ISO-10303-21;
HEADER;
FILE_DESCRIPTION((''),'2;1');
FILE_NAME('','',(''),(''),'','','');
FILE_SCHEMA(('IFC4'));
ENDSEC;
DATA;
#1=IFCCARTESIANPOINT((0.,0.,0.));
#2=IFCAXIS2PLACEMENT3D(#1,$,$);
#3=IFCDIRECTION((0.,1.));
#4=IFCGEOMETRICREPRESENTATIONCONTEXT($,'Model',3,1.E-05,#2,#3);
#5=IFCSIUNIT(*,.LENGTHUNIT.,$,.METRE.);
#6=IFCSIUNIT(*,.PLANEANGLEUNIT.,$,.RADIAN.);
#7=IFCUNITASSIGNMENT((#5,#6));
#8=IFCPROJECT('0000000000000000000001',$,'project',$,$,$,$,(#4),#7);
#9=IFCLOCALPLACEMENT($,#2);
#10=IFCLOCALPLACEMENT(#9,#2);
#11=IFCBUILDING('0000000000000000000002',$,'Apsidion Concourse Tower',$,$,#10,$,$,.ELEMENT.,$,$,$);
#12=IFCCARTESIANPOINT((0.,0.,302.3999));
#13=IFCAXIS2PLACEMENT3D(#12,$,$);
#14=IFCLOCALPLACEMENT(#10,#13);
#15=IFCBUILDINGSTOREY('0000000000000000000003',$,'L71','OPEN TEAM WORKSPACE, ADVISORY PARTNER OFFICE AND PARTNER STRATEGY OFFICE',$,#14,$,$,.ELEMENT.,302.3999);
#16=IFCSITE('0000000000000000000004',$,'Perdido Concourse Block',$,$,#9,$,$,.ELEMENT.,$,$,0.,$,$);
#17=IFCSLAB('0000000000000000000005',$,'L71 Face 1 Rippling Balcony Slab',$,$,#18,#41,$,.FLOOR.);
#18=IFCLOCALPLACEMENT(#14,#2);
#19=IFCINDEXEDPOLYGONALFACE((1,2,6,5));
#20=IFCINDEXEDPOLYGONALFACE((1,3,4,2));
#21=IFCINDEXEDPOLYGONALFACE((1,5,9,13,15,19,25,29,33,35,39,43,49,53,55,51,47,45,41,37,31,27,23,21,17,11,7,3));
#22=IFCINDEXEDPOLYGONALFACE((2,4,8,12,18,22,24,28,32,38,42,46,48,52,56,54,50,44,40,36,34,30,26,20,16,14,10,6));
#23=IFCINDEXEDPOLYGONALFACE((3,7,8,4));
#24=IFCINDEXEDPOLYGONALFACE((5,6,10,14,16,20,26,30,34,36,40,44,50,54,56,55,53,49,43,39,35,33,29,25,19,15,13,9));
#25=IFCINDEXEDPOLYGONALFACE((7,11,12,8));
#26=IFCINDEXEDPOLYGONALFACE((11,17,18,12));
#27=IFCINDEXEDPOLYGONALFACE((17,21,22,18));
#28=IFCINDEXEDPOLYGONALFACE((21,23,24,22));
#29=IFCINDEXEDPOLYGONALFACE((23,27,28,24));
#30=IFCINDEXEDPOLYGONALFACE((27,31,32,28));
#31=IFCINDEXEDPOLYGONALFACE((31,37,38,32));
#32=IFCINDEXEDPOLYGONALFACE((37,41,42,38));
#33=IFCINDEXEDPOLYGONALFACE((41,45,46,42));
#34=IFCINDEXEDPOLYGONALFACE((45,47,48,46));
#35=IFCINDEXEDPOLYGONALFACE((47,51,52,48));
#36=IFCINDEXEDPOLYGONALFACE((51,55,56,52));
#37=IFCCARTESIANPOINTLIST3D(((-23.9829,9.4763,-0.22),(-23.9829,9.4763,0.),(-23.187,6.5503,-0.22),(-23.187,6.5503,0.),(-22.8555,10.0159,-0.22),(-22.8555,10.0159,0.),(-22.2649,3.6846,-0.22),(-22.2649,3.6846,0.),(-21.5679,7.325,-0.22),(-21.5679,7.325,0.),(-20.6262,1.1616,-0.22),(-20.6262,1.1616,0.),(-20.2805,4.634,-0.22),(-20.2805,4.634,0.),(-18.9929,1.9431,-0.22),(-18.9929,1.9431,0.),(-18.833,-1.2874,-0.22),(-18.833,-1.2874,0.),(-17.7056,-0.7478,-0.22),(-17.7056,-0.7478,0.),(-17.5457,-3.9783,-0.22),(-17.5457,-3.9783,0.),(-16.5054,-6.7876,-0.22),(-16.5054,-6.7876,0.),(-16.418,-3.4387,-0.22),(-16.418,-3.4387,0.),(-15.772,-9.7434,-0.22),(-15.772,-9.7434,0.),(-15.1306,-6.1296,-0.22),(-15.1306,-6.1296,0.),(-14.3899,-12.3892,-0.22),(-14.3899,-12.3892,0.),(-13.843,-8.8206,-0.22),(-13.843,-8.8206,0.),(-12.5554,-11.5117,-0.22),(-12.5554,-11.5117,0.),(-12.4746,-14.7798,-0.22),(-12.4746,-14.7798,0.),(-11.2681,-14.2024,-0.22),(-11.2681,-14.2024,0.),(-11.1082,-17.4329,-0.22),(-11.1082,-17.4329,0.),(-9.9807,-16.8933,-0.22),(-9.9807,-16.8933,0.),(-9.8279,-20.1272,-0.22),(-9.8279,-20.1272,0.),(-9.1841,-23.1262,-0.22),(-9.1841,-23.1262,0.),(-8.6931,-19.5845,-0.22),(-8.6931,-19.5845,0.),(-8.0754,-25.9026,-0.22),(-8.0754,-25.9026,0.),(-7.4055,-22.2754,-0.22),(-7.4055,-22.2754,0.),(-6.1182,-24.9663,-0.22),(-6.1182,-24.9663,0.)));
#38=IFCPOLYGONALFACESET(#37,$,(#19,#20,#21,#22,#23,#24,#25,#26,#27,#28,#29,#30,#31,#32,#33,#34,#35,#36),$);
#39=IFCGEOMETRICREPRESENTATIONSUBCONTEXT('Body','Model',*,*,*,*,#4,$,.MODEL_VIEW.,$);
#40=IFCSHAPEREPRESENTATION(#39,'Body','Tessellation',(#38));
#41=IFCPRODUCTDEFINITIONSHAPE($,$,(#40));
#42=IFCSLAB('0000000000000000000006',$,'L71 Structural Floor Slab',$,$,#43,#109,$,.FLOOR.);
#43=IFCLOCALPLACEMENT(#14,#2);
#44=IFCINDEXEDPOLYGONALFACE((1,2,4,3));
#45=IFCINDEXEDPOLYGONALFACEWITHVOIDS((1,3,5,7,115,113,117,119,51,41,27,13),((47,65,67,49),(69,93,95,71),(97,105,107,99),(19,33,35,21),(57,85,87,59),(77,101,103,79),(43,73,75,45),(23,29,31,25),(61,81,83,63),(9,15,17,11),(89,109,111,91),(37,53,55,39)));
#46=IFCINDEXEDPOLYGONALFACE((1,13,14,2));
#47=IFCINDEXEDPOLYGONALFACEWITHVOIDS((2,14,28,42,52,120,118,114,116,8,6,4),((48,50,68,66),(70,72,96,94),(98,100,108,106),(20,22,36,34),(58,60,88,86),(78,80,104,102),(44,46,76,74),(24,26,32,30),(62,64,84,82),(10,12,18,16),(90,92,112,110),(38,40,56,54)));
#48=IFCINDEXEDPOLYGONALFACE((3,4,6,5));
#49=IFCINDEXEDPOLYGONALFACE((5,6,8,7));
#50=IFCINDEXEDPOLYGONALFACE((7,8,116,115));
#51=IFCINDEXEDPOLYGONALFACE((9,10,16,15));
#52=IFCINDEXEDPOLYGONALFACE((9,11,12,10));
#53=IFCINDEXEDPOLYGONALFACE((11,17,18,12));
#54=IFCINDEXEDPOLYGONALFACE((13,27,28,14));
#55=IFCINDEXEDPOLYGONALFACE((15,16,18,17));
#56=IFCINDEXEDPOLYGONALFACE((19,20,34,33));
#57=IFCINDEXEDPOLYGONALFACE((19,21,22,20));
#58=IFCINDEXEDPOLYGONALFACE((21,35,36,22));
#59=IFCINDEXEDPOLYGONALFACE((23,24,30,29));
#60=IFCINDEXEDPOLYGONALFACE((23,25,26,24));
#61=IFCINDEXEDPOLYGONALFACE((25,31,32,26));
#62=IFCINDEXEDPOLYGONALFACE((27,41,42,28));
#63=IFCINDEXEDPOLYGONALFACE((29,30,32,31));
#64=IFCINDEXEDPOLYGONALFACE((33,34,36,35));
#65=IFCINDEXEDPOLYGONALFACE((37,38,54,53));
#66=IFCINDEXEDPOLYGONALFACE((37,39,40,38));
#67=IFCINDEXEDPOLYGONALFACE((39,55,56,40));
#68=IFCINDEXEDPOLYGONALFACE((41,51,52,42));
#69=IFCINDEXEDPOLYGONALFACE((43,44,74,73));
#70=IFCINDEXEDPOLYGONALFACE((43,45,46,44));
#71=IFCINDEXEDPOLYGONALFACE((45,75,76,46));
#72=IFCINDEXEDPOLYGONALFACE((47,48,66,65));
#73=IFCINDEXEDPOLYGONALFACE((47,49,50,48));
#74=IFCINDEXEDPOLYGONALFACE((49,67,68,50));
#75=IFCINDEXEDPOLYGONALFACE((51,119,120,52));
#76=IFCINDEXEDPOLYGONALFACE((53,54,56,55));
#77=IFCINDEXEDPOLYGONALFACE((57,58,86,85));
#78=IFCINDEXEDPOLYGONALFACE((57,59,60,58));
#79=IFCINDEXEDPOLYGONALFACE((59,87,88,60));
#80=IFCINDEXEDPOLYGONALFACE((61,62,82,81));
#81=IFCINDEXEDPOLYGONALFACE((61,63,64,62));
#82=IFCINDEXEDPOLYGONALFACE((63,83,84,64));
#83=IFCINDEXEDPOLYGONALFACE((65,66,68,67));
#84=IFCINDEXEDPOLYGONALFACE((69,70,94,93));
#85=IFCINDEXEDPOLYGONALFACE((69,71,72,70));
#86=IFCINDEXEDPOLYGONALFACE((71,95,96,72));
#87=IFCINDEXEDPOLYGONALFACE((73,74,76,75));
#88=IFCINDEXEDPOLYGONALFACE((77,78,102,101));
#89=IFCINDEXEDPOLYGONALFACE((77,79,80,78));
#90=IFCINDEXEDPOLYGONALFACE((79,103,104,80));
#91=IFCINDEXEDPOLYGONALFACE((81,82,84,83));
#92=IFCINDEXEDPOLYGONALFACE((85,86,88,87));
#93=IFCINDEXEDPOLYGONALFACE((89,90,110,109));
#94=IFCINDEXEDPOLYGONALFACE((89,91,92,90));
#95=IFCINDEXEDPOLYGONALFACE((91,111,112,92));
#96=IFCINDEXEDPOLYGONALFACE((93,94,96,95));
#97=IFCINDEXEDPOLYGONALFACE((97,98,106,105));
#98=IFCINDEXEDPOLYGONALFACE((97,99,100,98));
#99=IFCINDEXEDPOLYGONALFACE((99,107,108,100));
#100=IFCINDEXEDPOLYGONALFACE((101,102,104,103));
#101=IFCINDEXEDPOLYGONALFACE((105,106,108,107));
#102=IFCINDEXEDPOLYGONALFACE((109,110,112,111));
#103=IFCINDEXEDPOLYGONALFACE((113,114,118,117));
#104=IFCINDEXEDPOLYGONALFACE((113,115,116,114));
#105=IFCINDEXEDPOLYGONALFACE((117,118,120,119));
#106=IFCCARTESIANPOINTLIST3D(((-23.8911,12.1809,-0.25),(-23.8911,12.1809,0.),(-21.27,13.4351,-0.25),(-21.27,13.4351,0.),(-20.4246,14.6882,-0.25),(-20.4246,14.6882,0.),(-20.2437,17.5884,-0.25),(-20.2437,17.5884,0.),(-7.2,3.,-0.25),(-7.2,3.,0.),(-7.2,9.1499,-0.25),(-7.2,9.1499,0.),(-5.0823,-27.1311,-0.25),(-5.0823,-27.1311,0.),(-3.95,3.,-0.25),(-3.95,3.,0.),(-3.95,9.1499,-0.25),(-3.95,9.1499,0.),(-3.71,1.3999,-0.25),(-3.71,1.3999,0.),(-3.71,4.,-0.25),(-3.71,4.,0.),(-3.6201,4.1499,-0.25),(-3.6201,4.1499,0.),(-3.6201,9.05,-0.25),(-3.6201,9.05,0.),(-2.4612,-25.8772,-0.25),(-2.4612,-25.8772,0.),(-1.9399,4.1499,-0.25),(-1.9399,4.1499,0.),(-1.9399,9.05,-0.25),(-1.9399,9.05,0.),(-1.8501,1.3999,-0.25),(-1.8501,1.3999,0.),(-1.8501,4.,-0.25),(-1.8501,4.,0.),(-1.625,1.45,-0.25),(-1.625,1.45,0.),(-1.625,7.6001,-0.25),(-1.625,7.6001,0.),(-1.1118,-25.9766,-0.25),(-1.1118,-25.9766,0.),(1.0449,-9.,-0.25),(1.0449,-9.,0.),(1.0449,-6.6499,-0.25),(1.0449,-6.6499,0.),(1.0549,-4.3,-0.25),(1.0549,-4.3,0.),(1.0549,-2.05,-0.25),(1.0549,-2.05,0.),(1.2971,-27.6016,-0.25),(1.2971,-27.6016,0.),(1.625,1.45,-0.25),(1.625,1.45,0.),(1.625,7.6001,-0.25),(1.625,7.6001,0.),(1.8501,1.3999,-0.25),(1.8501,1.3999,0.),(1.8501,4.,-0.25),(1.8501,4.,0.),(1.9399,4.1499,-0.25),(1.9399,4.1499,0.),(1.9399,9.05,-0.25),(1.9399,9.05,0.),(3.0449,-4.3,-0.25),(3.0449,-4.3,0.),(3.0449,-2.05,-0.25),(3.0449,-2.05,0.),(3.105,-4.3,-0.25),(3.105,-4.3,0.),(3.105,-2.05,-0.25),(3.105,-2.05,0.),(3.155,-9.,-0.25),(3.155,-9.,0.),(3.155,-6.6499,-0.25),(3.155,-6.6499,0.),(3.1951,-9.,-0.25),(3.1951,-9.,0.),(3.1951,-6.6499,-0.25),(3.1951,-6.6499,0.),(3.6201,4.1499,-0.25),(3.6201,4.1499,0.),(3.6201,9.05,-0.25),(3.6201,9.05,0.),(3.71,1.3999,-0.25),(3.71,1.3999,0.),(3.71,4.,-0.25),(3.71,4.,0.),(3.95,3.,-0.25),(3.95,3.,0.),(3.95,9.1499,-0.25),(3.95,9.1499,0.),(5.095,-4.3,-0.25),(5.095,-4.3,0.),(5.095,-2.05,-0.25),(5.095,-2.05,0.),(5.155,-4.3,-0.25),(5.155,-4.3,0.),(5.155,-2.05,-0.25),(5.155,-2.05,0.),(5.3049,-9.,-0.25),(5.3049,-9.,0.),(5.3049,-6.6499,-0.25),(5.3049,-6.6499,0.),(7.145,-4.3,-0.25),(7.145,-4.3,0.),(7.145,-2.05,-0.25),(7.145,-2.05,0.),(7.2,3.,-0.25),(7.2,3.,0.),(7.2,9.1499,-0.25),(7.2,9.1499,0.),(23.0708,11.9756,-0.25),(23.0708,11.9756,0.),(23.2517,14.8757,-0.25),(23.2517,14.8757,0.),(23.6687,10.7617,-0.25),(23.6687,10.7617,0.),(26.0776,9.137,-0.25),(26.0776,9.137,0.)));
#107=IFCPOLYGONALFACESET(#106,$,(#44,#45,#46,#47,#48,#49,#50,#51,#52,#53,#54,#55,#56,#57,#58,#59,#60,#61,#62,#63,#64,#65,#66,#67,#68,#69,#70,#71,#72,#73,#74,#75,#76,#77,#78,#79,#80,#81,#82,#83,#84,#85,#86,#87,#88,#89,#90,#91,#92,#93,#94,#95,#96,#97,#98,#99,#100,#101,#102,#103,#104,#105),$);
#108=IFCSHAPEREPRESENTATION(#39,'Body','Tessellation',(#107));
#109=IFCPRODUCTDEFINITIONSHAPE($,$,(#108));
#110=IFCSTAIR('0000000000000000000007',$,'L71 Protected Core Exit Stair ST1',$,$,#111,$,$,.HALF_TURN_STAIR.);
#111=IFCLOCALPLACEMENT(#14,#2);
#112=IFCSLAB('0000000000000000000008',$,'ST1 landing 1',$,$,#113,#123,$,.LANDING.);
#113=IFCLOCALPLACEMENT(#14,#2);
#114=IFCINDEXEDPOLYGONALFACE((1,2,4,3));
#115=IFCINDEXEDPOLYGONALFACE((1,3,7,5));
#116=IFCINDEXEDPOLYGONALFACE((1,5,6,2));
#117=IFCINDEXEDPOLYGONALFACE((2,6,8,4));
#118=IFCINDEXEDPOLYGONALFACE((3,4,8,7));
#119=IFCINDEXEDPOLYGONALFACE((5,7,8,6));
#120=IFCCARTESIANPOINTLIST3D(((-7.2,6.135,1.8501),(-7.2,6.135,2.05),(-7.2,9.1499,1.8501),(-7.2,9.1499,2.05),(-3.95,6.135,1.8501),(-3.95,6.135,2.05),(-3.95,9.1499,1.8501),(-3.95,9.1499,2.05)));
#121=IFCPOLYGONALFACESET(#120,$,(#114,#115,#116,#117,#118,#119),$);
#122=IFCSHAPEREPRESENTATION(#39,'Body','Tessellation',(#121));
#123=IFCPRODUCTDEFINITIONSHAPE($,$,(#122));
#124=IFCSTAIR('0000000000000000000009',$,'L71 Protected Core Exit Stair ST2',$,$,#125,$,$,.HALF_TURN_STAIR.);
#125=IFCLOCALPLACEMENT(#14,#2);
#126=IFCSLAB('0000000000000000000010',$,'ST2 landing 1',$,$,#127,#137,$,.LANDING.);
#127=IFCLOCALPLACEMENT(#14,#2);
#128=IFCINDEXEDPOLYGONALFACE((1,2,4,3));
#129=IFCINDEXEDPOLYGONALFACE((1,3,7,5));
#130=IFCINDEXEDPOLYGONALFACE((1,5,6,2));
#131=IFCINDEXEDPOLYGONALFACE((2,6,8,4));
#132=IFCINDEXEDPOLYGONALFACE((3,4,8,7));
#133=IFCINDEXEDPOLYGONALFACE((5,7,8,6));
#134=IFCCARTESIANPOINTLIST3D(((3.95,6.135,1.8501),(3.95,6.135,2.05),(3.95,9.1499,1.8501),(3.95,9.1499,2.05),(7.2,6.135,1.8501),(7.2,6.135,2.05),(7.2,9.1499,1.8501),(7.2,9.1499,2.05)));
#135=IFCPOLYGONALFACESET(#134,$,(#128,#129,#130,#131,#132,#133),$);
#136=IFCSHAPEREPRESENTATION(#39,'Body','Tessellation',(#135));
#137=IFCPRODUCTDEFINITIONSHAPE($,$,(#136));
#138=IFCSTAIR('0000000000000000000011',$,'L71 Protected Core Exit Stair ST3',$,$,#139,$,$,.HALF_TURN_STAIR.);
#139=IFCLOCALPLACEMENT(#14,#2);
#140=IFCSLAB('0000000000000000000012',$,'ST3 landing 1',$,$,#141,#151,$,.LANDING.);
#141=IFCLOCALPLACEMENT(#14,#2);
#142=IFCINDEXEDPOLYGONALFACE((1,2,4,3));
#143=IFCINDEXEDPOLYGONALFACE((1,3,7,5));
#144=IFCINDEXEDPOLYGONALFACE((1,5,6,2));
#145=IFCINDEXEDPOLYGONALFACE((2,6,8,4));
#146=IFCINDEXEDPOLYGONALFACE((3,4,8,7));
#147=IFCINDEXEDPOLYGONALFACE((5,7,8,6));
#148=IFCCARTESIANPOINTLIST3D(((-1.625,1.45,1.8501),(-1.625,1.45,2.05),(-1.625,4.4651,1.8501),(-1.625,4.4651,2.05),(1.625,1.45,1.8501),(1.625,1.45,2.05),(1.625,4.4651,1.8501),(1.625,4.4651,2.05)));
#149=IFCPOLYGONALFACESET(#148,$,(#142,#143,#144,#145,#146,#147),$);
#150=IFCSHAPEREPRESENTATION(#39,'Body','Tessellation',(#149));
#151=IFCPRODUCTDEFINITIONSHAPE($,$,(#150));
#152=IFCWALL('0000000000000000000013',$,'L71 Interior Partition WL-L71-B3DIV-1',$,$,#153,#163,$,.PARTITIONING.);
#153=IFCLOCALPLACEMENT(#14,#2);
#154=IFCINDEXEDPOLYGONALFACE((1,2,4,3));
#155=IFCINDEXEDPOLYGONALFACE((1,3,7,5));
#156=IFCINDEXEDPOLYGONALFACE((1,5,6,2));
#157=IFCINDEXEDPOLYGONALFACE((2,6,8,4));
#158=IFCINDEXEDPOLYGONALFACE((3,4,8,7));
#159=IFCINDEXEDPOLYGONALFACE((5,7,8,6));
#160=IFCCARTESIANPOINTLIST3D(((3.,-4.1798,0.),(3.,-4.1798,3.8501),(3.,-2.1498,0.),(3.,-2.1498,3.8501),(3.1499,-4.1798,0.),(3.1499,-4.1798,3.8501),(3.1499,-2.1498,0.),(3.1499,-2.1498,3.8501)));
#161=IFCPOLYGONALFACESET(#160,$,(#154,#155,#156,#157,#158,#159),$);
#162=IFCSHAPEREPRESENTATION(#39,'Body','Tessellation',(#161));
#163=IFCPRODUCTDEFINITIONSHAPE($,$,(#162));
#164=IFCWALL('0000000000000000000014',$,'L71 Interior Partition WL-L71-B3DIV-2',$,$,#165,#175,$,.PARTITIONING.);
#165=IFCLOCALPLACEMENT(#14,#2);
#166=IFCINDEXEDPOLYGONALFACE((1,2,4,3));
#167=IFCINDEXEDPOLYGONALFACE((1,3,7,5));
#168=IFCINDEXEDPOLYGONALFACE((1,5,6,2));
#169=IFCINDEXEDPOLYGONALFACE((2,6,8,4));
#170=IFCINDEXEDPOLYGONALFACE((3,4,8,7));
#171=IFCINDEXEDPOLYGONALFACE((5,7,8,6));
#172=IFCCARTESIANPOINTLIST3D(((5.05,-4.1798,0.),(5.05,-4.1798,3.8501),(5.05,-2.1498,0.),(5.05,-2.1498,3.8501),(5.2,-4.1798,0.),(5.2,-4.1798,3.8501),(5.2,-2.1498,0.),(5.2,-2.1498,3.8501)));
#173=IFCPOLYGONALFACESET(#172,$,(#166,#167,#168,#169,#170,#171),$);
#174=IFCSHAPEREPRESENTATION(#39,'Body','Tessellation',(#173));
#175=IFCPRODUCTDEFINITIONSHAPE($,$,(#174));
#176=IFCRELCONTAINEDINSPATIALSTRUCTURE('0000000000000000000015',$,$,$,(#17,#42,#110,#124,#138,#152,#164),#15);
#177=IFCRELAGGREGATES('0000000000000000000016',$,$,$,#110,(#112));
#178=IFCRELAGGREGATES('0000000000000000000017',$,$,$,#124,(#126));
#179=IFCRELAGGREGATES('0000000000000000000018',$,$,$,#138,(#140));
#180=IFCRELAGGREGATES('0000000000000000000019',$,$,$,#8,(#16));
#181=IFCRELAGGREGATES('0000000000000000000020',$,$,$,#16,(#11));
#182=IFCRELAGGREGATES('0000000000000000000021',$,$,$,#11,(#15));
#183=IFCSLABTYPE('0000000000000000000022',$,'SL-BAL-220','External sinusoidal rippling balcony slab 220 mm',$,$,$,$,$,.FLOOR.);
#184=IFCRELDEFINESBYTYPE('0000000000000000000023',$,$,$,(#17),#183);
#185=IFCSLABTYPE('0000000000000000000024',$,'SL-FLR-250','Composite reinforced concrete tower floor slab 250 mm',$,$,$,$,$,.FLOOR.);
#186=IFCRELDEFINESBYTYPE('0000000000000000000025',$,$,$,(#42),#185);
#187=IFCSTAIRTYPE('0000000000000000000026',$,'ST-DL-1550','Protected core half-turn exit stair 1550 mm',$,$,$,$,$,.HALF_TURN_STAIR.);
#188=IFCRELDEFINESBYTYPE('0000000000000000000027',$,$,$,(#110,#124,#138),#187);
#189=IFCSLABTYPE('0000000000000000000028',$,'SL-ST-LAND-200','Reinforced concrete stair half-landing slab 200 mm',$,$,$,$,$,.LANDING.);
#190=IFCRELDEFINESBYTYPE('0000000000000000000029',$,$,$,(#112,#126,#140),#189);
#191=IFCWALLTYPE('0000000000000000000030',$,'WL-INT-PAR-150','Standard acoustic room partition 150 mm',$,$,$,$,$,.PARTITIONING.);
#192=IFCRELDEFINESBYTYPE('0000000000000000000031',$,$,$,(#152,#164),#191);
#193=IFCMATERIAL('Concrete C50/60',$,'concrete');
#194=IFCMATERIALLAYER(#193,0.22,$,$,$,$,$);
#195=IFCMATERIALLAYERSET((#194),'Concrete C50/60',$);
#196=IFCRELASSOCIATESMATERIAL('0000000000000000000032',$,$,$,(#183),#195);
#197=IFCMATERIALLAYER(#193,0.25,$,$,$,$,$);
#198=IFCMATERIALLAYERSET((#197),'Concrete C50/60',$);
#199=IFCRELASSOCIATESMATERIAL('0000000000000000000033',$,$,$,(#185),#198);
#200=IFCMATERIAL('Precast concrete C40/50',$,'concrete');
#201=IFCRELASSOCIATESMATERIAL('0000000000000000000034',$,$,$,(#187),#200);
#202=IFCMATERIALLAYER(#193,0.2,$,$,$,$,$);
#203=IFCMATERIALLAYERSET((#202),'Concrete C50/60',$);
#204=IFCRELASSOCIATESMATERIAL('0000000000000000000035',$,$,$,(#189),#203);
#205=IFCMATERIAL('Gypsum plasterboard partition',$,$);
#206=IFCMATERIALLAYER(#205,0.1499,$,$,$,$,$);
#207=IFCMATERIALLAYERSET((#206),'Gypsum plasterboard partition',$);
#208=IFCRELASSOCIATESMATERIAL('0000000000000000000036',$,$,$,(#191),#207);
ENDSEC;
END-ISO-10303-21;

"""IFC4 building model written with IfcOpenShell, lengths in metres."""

from ifc_helpers import new_model, si_unit, direction, frame, frame_2d, origin, place, context, subcontext, project, spatial, polyline, rectangle, outline, extrude, material, layer, layer_set, type_object, element, aggregate, save


model = new_model("IFC4")

# Units and contexts
model_context = context("Model", 3, precision=1e-05, world=origin(), true_north=direction((0.0, 1.0)))
body_context = subcontext(model_context, "Body", "Model", "MODEL_VIEW")
ifc_project = project(units=[si_unit("LENGTHUNIT", "METRE"), si_unit("PLANEANGLEUNIT", "RADIAN")], contexts=[model_context])

# Site, building, storey
site_placement = place(None, origin())
site = spatial("IfcSite", under=ifc_project, at=site_placement, Name="Perdido Concourse Block", CompositionType="ELEMENT", RefElevation=0.0)
building_placement = place(site_placement, origin())
building = spatial("IfcBuilding", under=site, at=building_placement, Name="Apsidion Concourse Tower", CompositionType="ELEMENT")
storey_placement = place(building_placement, frame((0.0, 0.0, 302.3999)))
storey = spatial("IfcBuildingStorey", under=building, at=storey_placement, Name="L71", Description="OPEN TEAM WORKSPACE, ADVISORY PARTNER OFFICE AND PARTNER STRATEGY OFFICE", CompositionType="ELEMENT", Elevation=302.3999)

# Shared definitions
ifc_material_1 = material(Name="Concrete C50/60", Category="concrete")

# Slabs
ifc_layer_1 = layer(ifc_material_1, 0.22)
ifc_layer_set_1 = layer_set([ifc_layer_1], Name="Concrete C50/60")
slab_type_1 = type_object("IfcSlabType", Name="SL-BAL-220", Description="External sinusoidal rippling balcony slab 220 mm", PredefinedType="FLOOR", material=ifc_layer_set_1)
slab_1_placement = place(storey_placement, frame((0.0, 0.0, -0.22)))
element("IfcSlab", 1, at=slab_1_placement, inside=storey, type_object=slab_type_1, Name="L71 Face 1 Rippling Balcony Slab", PredefinedType="FLOOR", context=body_context, shape_type="SweptSolid", body=[
    extrude(outline(polyline([(-22.8555, 10.0159), (-21.5679, 7.325), (-20.2805, 4.634), (-18.9929, 1.9431), (-17.7056, -0.7478), (-16.418, -3.4387), (-15.1306, -6.1296), (-13.843, -8.8206), (-12.5554, -11.5117), (-11.2681, -14.2024), (-9.9807, -16.8933), (-8.6931, -19.5845), (-7.4055, -22.2754), (-6.1182, -24.9663), (-8.0754, -25.9026), (-9.1841, -23.1262), (-9.8279, -20.1272), (-11.1082, -17.4329), (-12.4746, -14.7798), (-14.3899, -12.3892), (-15.772, -9.7434), (-16.5054, -6.7876), (-17.5457, -3.9783), (-18.833, -1.2874), (-20.6262, 1.1616), (-22.2649, 3.6846), (-23.187, 6.5503), (-23.9829, 9.4763), (-22.8555, 10.0159)])), origin(), (0.0, 0.0, 1.0), 0.22),
])
ifc_layer_2 = layer(ifc_material_1, 0.25)
ifc_layer_set_2 = layer_set([ifc_layer_2], Name="Concrete C50/60")
slab_type_2 = type_object("IfcSlabType", Name="SL-FLR-250", Description="Composite reinforced concrete tower floor slab 250 mm", PredefinedType="FLOOR", material=ifc_layer_set_2)
slab_2_placement = place(storey_placement, frame((0.0, 0.0, -0.25)))
element("IfcSlab", 2, at=slab_2_placement, inside=storey, type_object=slab_type_2, Name="L71 Structural Floor Slab", PredefinedType="FLOOR", context=body_context, shape_type="SweptSolid", body=[
    extrude(outline(polyline([(-20.2437, 17.5884), (-20.4246, 14.6882), (-21.27, 13.4351), (-23.8911, 12.1809), (-5.0823, -27.1311), (-2.4612, -25.8772), (-1.1118, -25.9766), (1.2971, -27.6016), (26.0776, 9.137), (23.6687, 10.7617), (23.0708, 11.9756), (23.2517, 14.8757), (-20.2437, 17.5884)]), holes=[polyline([(-3.95, 3.0), (-3.95, 9.1499), (-7.2, 9.1499), (-7.2, 3.0), (-3.95, 3.0)]), polyline([(7.2, 3.0), (7.2, 9.1499), (3.95, 9.1499), (3.95, 3.0), (7.2, 3.0)]), polyline([(-1.625, 7.6001), (-1.625, 1.45), (1.625, 1.45), (1.625, 7.6001), (-1.625, 7.6001)]), polyline([(1.0549, -4.3), (3.0449, -4.3), (3.0449, -2.05), (1.0549, -2.05), (1.0549, -4.3)]), polyline([(3.105, -4.3), (5.095, -4.3), (5.095, -2.05), (3.105, -2.05), (3.105, -4.3)]), polyline([(5.155, -4.3), (7.145, -4.3), (7.145, -2.05), (5.155, -2.05), (5.155, -4.3)]), polyline([(1.0449, -9.0), (3.155, -9.0), (3.155, -6.6499), (1.0449, -6.6499), (1.0449, -9.0)]), polyline([(3.1951, -9.0), (5.3049, -9.0), (5.3049, -6.6499), (3.1951, -6.6499), (3.1951, -9.0)]), polyline([(-3.71, 1.3999), (-1.8501, 1.3999), (-1.8501, 4.0), (-3.71, 4.0), (-3.71, 1.3999)]), polyline([(1.8501, 1.3999), (3.71, 1.3999), (3.71, 4.0), (1.8501, 4.0), (1.8501, 1.3999)]), polyline([(-3.6201, 4.1499), (-1.9399, 4.1499), (-1.9399, 9.05), (-3.6201, 9.05), (-3.6201, 4.1499)]), polyline([(1.9399, 4.1499), (3.6201, 4.1499), (3.6201, 9.05), (1.9399, 9.05), (1.9399, 4.1499)])]), origin(), (0.0, 0.0, 1.0), 0.25),
])

# Stairs, slabs
ifc_material_2 = material(Name="Precast concrete C40/50", Category="concrete")
stair_type = type_object("IfcStairType", Name="ST-DL-1550", Description="Protected core half-turn exit stair 1550 mm", PredefinedType="HALF_TURN_STAIR", material=ifc_material_2)
stair_1_placement = place(storey_placement, origin())
stair_1 = element("IfcStair", 3, at=stair_1_placement, inside=storey, type_object=stair_type, Name="L71 Protected Core Exit Stair ST1", PredefinedType="HALF_TURN_STAIR")
ifc_layer_3 = layer(ifc_material_1, 0.2)
ifc_layer_set_3 = layer_set([ifc_layer_3], Name="Concrete C50/60")
slab_type_3 = type_object("IfcSlabType", Name="SL-ST-LAND-200", Description="Reinforced concrete stair half-landing slab 200 mm", PredefinedType="LANDING", material=ifc_layer_set_3)
slab_3_placement = place(storey_placement, frame((0.0, 0.0, 1.8501)))
slab_3 = element("IfcSlab", 4, at=slab_3_placement, type_object=slab_type_3, Name="ST1 landing 1", PredefinedType="LANDING", context=body_context, shape_type="SweptSolid", body=[
    extrude(outline(polyline([(-3.95, 6.135), (-3.95, 9.1499), (-7.2, 9.1499), (-7.2, 6.135), (-3.95, 6.135)])), origin(), (0.0, 0.0, 1.0), 0.2),
])
aggregate(stair_1, [slab_3])
stair_2_placement = place(storey_placement, origin())
stair_2 = element("IfcStair", 5, at=stair_2_placement, inside=storey, type_object=stair_type, Name="L71 Protected Core Exit Stair ST2", PredefinedType="HALF_TURN_STAIR")
slab_4_placement = place(storey_placement, frame((0.0, 0.0, 1.8501)))
slab_4 = element("IfcSlab", 6, at=slab_4_placement, type_object=slab_type_3, Name="ST2 landing 1", PredefinedType="LANDING", context=body_context, shape_type="SweptSolid", body=[
    extrude(outline(polyline([(7.2, 6.135), (7.2, 9.1499), (3.95, 9.1499), (3.95, 6.135), (7.2, 6.135)])), origin(), (0.0, 0.0, 1.0), 0.2),
])
aggregate(stair_2, [slab_4])
stair_3_placement = place(storey_placement, origin())
stair_3 = element("IfcStair", 7, at=stair_3_placement, inside=storey, type_object=stair_type, Name="L71 Protected Core Exit Stair ST3", PredefinedType="HALF_TURN_STAIR")
slab_5_placement = place(storey_placement, frame((0.0, 0.0, 1.8501)))
slab_5 = element("IfcSlab", 8, at=slab_5_placement, type_object=slab_type_3, Name="ST3 landing 1", PredefinedType="LANDING", context=body_context, shape_type="SweptSolid", body=[
    extrude(outline(polyline([(-1.625, 4.4651), (-1.625, 1.45), (1.625, 1.45), (1.625, 4.4651), (-1.625, 4.4651)])), origin(), (0.0, 0.0, 1.0), 0.2),
])
aggregate(stair_3, [slab_5])

# Walls
ifc_material_3 = material(Name="Gypsum plasterboard partition")
ifc_layer_4 = layer(ifc_material_3, 0.1499)
ifc_layer_set_4 = layer_set([ifc_layer_4], Name="Gypsum plasterboard partition")
wall_type_1 = type_object("IfcWallType", Name="WL-INT-PAR-150", Description="Standard acoustic room partition 150 mm", PredefinedType="PARTITIONING", material=ifc_layer_set_4)
for number, where, z_axis, x_axis, name in (
    (9, (3.075, -4.1799, 0.0), (0.0, 0.0, 1.0), (0.0, 1.0, 0.0), "L71 Interior Partition WL-L71-B3DIV-1"),
    (10, (5.125, -4.1799, 0.0), (0.0, 0.0, 1.0), (0.0, 1.0, 0.0), "L71 Interior Partition WL-L71-B3DIV-2"),
):
    element("IfcWall", number, at=place(storey_placement, frame(where, z_axis=z_axis, x_axis=x_axis)), inside=storey, type_object=wall_type_1, Name=name, PredefinedType="PARTITIONING", context=body_context, shape_type="SweptSolid", body=[
        extrude(rectangle(XDim=2.03, YDim=0.1499, at=frame_2d((1.0151, 0.0))), origin(), (0.0, 0.0, 1.0), 3.8501),
    ])

save(model, "model.ifc")
